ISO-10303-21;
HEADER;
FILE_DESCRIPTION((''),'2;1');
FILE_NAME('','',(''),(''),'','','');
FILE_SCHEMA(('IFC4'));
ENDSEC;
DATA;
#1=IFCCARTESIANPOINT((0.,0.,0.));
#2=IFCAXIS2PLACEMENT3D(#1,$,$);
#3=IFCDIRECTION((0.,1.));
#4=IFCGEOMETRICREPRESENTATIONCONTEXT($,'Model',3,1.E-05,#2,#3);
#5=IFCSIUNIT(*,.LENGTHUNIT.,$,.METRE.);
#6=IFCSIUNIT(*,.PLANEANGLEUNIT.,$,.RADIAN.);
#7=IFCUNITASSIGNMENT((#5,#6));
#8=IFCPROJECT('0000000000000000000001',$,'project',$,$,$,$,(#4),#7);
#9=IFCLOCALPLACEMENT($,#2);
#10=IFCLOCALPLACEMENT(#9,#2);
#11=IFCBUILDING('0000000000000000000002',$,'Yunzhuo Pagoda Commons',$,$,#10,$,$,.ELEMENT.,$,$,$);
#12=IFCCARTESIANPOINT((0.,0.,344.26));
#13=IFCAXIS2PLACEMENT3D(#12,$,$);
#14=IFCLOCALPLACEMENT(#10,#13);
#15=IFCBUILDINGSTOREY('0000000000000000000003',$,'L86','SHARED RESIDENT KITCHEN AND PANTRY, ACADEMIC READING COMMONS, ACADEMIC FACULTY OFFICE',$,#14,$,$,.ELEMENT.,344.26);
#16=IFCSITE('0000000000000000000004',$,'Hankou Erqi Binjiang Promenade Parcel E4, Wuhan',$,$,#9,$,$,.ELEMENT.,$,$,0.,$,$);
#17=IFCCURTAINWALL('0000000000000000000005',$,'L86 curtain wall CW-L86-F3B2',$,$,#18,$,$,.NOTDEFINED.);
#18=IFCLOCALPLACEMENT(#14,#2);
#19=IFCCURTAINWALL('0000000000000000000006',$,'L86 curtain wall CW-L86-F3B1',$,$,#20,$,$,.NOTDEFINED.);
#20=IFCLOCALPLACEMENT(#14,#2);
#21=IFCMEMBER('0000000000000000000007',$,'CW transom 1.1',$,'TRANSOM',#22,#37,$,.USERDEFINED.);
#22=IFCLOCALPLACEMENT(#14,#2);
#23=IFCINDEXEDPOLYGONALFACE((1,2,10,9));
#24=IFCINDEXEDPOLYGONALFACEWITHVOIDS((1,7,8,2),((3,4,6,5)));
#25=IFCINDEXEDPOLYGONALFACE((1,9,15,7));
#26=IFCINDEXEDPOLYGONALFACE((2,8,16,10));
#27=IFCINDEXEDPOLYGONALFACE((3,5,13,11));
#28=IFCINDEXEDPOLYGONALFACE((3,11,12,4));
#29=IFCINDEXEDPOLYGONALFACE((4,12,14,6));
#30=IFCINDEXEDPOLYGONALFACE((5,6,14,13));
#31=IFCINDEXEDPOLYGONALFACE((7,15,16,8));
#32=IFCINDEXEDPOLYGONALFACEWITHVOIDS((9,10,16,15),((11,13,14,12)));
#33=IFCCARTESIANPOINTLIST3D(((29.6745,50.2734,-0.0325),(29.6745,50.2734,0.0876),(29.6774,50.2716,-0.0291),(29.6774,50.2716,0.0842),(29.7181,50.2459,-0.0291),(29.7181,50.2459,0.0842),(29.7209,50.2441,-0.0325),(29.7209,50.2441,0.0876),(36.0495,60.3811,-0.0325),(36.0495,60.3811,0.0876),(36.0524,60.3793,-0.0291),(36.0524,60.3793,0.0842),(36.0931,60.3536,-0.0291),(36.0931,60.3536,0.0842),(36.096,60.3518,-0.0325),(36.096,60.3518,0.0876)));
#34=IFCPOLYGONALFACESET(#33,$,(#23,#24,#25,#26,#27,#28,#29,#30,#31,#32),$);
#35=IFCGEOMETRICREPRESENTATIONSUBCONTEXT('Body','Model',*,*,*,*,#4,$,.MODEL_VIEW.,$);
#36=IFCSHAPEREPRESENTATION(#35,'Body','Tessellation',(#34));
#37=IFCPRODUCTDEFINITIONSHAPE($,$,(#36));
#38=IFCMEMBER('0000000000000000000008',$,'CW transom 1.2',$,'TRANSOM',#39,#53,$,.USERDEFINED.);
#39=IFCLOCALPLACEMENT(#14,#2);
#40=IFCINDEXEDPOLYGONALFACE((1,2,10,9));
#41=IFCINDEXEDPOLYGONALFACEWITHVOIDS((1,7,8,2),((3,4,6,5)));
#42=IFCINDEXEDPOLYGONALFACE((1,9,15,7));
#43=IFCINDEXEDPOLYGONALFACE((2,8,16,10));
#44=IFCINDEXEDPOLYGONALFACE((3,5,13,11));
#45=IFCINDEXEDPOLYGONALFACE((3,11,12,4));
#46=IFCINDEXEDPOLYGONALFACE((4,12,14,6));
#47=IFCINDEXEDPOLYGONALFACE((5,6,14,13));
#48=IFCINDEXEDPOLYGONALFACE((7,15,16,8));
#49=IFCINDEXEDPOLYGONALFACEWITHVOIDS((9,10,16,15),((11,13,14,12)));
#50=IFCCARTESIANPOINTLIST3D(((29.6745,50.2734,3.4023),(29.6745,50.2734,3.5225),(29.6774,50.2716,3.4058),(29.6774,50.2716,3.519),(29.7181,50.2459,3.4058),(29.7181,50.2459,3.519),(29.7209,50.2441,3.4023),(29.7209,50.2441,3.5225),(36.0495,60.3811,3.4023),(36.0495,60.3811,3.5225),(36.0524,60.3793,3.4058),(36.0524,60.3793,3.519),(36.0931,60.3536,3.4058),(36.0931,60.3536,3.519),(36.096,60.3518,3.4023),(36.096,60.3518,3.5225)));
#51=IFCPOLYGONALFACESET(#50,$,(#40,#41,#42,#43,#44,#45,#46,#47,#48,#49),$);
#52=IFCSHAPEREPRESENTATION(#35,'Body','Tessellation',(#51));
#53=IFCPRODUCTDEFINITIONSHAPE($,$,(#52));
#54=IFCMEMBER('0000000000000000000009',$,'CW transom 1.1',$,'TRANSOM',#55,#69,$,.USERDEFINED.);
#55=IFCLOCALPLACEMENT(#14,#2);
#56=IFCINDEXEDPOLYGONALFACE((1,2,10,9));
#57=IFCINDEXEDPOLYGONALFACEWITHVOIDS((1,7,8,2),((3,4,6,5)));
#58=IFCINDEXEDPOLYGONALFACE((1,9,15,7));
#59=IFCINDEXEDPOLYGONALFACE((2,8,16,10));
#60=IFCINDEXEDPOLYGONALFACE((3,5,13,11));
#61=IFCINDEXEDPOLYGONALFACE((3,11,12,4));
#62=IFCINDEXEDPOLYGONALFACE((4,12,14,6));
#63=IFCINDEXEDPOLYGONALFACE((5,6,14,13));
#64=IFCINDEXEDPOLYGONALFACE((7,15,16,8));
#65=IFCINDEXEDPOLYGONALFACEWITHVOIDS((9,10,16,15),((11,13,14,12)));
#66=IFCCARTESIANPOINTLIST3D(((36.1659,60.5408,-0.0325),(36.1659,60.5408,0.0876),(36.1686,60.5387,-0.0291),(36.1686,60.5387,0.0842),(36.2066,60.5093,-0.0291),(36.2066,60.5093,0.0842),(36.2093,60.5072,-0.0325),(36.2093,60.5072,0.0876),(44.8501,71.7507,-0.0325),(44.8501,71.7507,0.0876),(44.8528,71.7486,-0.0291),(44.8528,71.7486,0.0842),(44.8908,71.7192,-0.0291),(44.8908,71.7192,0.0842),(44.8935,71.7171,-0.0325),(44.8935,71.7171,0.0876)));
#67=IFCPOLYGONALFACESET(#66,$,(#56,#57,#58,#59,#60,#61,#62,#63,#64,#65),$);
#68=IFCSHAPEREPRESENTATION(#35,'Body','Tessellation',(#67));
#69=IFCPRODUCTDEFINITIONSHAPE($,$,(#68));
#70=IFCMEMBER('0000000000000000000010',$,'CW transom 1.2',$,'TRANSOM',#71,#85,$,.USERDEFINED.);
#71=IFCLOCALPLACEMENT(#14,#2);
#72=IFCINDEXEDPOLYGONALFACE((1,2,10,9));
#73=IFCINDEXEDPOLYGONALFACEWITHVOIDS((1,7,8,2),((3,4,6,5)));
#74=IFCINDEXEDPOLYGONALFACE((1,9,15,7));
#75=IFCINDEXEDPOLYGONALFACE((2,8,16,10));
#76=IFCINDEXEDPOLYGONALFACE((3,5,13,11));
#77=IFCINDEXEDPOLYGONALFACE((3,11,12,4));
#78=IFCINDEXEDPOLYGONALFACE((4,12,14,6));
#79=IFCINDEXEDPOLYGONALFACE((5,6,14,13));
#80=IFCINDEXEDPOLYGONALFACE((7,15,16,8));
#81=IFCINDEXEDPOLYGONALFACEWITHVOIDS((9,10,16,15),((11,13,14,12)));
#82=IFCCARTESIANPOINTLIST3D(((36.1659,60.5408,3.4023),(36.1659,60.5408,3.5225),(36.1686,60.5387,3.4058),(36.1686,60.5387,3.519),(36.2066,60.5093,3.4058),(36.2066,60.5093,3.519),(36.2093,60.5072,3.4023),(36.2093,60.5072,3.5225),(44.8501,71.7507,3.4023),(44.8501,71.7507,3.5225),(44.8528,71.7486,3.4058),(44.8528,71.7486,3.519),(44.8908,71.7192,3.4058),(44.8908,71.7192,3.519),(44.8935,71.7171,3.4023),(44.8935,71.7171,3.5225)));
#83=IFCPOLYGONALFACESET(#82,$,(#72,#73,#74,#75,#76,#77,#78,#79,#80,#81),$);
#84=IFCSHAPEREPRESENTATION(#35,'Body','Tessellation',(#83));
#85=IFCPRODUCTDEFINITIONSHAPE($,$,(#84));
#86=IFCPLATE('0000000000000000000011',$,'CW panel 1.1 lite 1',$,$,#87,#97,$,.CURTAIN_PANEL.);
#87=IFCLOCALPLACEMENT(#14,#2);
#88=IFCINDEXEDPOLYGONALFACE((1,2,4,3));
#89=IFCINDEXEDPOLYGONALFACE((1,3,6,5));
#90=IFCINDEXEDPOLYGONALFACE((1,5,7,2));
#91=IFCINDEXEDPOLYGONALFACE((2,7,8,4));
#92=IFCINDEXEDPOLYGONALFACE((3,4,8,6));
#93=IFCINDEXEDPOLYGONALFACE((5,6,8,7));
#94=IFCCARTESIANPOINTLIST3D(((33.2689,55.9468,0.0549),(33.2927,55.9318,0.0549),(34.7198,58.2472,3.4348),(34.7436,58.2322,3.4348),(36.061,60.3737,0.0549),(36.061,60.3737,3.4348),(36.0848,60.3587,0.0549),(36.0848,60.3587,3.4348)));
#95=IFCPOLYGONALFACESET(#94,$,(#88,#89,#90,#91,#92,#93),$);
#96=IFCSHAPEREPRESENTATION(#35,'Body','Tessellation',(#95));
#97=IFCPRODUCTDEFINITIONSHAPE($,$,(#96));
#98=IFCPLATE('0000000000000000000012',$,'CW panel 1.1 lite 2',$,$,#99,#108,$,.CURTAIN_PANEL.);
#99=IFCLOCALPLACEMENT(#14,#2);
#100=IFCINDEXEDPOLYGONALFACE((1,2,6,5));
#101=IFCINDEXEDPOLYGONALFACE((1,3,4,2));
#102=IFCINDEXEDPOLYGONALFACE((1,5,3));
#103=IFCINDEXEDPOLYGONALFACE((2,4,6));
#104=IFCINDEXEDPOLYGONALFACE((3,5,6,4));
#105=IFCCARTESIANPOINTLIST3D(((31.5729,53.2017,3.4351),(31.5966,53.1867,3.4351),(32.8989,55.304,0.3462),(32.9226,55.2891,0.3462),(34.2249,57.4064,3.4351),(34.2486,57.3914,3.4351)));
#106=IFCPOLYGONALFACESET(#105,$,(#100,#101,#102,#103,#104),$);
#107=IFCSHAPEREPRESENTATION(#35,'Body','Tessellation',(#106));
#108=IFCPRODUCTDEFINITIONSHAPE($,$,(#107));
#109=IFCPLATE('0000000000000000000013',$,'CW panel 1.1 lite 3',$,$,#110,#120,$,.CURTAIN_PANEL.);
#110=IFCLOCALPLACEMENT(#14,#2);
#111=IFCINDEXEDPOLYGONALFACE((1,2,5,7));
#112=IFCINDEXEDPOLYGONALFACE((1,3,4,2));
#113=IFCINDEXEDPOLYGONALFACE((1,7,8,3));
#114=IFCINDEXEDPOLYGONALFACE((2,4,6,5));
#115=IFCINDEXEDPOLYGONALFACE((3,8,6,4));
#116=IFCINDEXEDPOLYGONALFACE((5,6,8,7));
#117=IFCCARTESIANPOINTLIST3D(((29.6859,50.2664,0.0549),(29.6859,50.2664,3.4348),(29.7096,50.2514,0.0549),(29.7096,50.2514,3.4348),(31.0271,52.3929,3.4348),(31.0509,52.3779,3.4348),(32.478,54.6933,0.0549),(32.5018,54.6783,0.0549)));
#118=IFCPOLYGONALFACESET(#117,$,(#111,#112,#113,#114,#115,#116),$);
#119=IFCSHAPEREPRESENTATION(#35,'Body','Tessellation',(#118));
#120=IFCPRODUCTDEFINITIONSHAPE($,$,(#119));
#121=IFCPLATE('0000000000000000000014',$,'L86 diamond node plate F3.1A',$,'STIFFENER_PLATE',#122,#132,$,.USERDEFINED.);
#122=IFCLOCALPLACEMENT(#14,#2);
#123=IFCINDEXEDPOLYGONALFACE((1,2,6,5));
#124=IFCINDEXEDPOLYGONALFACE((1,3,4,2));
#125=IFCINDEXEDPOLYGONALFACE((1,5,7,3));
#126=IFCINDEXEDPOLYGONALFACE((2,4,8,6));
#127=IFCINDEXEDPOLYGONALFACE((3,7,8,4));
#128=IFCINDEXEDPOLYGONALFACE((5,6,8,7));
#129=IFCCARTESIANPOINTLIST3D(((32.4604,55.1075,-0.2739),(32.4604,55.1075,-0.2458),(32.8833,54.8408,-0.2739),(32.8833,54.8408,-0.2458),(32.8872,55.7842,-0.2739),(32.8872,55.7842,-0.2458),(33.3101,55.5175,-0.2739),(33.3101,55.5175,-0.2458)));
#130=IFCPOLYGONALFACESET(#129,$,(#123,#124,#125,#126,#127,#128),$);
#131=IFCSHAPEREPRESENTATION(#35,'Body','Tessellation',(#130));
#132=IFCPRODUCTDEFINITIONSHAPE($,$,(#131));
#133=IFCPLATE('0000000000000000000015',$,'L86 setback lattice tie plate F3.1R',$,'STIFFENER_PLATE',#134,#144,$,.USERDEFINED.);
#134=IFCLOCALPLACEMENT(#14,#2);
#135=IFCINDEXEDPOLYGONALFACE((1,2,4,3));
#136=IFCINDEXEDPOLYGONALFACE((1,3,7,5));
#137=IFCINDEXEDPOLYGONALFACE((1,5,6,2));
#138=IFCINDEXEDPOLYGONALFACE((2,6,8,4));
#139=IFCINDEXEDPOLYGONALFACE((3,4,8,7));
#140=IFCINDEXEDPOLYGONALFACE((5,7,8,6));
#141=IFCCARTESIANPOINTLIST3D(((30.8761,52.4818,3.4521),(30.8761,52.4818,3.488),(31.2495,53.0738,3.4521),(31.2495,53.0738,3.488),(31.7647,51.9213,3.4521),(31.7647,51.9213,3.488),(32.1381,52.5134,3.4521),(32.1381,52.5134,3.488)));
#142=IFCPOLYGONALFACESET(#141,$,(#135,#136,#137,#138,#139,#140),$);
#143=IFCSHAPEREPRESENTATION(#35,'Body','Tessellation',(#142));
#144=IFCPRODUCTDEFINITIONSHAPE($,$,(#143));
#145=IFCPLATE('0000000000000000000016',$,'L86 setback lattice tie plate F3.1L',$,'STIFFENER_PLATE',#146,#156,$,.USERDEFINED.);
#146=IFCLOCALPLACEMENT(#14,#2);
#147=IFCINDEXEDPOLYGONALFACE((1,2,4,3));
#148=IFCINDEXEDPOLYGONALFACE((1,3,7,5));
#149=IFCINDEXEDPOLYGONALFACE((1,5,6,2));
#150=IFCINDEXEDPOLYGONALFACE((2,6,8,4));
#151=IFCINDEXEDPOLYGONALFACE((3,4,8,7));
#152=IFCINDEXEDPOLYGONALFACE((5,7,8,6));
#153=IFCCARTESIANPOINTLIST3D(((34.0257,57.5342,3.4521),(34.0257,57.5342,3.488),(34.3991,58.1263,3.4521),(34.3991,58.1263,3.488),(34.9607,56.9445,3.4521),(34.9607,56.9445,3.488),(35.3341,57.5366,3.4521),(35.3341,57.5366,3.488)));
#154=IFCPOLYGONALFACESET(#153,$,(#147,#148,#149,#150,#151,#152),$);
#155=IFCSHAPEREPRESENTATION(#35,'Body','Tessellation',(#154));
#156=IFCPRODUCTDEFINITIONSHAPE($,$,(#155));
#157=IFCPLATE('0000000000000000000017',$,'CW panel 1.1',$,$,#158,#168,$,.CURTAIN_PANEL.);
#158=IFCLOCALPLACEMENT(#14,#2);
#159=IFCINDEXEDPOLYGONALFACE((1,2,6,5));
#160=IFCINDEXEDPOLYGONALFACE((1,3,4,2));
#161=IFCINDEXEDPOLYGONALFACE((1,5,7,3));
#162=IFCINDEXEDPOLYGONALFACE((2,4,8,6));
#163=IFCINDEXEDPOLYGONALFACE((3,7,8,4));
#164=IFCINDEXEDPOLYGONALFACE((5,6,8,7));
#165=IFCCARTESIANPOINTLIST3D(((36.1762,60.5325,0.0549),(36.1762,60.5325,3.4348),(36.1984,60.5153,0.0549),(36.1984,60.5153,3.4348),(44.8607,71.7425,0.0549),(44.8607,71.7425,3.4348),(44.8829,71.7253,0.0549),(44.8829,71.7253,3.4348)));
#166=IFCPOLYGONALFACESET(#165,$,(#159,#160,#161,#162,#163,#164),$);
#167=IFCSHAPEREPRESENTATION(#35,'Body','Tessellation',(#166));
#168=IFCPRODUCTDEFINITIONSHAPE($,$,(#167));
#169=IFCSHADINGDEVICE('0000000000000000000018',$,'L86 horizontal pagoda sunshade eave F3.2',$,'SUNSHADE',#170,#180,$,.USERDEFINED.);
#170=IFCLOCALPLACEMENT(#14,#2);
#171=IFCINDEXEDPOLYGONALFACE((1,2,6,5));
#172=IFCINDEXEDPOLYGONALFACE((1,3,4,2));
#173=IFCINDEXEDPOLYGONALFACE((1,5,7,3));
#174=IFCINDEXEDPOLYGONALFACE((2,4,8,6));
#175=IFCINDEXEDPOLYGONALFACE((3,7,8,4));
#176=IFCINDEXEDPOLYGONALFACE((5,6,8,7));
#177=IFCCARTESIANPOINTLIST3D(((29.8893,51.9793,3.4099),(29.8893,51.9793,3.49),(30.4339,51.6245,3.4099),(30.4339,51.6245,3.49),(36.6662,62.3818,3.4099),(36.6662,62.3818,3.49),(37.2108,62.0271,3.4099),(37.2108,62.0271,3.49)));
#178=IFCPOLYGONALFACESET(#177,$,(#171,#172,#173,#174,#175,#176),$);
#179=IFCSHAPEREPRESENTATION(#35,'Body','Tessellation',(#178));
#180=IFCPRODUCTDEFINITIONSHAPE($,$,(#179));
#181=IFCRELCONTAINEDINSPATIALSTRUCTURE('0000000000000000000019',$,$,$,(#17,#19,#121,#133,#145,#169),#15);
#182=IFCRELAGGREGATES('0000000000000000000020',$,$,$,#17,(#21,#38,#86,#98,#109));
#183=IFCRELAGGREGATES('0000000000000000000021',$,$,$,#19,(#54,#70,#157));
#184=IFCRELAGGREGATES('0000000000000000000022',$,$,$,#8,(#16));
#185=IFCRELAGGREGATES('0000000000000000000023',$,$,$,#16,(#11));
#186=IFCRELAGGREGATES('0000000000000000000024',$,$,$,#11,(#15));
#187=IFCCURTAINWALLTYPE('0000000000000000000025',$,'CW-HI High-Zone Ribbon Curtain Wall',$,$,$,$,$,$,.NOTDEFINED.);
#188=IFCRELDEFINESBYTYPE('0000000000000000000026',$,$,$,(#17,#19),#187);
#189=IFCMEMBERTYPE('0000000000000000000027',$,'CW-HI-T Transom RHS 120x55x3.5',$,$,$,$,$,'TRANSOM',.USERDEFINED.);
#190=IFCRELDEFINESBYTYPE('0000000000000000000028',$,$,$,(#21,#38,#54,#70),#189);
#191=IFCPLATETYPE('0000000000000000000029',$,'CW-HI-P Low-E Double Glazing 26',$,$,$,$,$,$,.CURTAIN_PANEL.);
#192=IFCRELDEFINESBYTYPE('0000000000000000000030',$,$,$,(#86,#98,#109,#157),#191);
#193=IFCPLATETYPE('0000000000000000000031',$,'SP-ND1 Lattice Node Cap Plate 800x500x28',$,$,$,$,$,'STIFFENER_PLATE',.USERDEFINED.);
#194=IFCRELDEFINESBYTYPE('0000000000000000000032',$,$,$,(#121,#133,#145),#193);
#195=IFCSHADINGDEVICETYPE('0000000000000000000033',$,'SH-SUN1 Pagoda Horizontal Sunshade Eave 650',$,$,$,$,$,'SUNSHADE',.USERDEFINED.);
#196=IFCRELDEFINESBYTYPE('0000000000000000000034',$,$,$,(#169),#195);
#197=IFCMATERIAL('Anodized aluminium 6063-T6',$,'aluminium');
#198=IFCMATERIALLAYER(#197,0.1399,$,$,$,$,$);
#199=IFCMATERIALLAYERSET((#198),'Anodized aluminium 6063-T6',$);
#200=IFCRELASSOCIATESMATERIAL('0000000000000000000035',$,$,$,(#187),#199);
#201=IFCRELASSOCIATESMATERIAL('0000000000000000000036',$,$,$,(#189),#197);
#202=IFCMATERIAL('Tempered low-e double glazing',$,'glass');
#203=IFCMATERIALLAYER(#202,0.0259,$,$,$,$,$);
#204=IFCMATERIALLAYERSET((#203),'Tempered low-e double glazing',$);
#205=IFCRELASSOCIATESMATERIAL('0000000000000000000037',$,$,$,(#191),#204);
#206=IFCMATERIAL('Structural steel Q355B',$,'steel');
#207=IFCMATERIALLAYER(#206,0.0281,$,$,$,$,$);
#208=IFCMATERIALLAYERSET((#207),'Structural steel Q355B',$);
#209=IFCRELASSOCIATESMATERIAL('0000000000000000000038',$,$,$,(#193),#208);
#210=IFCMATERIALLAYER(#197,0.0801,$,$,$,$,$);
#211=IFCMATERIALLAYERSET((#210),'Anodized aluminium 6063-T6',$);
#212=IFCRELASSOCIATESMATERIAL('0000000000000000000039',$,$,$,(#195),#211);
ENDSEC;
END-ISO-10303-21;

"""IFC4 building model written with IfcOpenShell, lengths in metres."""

from ifc_helpers import new_model, si_unit, direction, frame, origin, origin_2d, place, context, subcontext, project, spatial, polyline, rectangle, hollow_rectangle, outline, extrude, source, transform, mapped, material, layer, layer_set, material_profile, profile_set, type_object, element, aggregate, save


model = new_model("IFC4")

# Units and contexts
model_context = context("Model", 3, precision=1e-05, world=origin(), true_north=direction((0.0, 1.0)))
body_context = subcontext(model_context, "Body", "Model", "MODEL_VIEW")
ifc_project = project(units=[si_unit("LENGTHUNIT", "METRE"), si_unit("PLANEANGLEUNIT", "RADIAN")], contexts=[model_context])

# Site, building, storey
site_placement = place(None, origin())
site = spatial("IfcSite", under=ifc_project, at=site_placement, Name="Hankou Erqi Binjiang Promenade Parcel E4, Wuhan", CompositionType="ELEMENT", RefElevation=0.0)
building_placement = place(site_placement, origin())
building = spatial("IfcBuilding", under=site, at=building_placement, Name="Yunzhuo Pagoda Commons", CompositionType="ELEMENT")
storey_placement = place(building_placement, frame((0.0, 0.0, 344.26)))
storey = spatial("IfcBuildingStorey", under=building, at=storey_placement, Name="L86", Description="SHARED RESIDENT KITCHEN AND PANTRY, ACADEMIC READING COMMONS, ACADEMIC FACULTY OFFICE", CompositionType="ELEMENT", Elevation=344.26)

# Shared definitions
ifc_material_1 = material(Name="Structural steel Q355B", Category="steel")

# Curtain wall
ifc_material_2 = material(Name="Anodized aluminium 6063-T6", Category="aluminium")
ifc_layer_1 = layer(ifc_material_2, 0.1399)
ifc_layer_set_1 = layer_set([ifc_layer_1], Name="Anodized aluminium 6063-T6")
curtain_wall_type = type_object("IfcCurtainWallType", Name="CW-HI High-Zone Ribbon Curtain Wall", PredefinedType="NOTDEFINED", material=ifc_layer_set_1)
curtain_wall_1_placement = place(storey_placement, origin())
curtain_wall_1 = element("IfcCurtainWall", 1, at=curtain_wall_1_placement, inside=storey, type_object=curtain_wall_type, Name="L86 curtain wall CW-L86-F3B2", PredefinedType="NOTDEFINED")

# Curtain wall
curtain_wall_2_placement = place(storey_placement, origin())
curtain_wall_2 = element("IfcCurtainWall", 2, at=curtain_wall_2_placement, inside=storey, type_object=curtain_wall_type, Name="L86 curtain wall CW-L86-F3B1", PredefinedType="NOTDEFINED")

# Members
ifc_material_profile_1 = material_profile(ifc_material_2, hollow_rectangle(XDim=0.0549, YDim=0.1201, WallThickness=0.0034, at=origin_2d()), Name="Anodized aluminium 6063-T6")
ifc_profile_set_1 = profile_set([ifc_material_profile_1], Name="Anodized aluminium 6063-T6")
member_type_1 = type_object("IfcMemberType", Name="CW-HI-T Transom RHS 120x55x3.5", ElementType="TRANSOM", PredefinedType="USERDEFINED", material=ifc_profile_set_1)
shared_shape_1 = source(origin(), body_context, "Body", "SweptSolid", [
    extrude(hollow_rectangle(XDim=0.0549, YDim=0.1201, WallThickness=0.0034, at=origin_2d()), origin(), (0.0, 0.0, 1.0), 11.9502),
])
member_1_placement = place(storey_placement, frame((36.0728, 60.3665, 0.0276), z_axis=(-0.533467, -0.845821, 0.0), x_axis=(0.845821, -0.533467, 0.0)))
member_1 = element("IfcMember", 3, at=member_1_placement, type_object=member_type_1, Name="CW transom 1.1", ObjectType="TRANSOM", PredefinedType="USERDEFINED", context=body_context, shape_type="MappedRepresentation", body=[
    mapped(shared_shape_1, transform((0.0, 0.0, 0.0), scale=1.0)),
])
member_2_placement = place(storey_placement, frame((36.0728, 60.3665, 3.4624), z_axis=(-0.533467, -0.845821, 0.0), x_axis=(0.845821, -0.533467, 0.0)))
member_2 = element("IfcMember", 4, at=member_2_placement, type_object=member_type_1, Name="CW transom 1.2", ObjectType="TRANSOM", PredefinedType="USERDEFINED", context=body_context, shape_type="MappedRepresentation", body=[
    mapped(shared_shape_1, transform((0.0, 0.0, 0.0), scale=1.0)),
])
shared_shape_2 = source(origin(), body_context, "Body", "SweptSolid", [
    extrude(hollow_rectangle(XDim=0.0549, YDim=0.1201, WallThickness=0.0034, at=origin_2d()), origin(), (0.0, 0.0, 1.0), 14.1802),
])
member_3_placement = place(storey_placement, frame((44.8718, 71.7339, 0.0276), z_axis=(-0.612422, -0.790531, 0.0), x_axis=(0.790531, -0.612422, 0.0)))
member_3 = element("IfcMember", 5, at=member_3_placement, type_object=member_type_1, Name="CW transom 1.1", ObjectType="TRANSOM", PredefinedType="USERDEFINED", context=body_context, shape_type="MappedRepresentation", body=[
    mapped(shared_shape_2, transform((0.0, 0.0, 0.0), scale=1.0)),
])
member_4_placement = place(storey_placement, frame((44.8718, 71.7339, 3.4624), z_axis=(-0.612422, -0.790531, 0.0), x_axis=(0.790531, -0.612422, 0.0)))
member_4 = element("IfcMember", 6, at=member_4_placement, type_object=member_type_1, Name="CW transom 1.2", ObjectType="TRANSOM", PredefinedType="USERDEFINED", context=body_context, shape_type="MappedRepresentation", body=[
    mapped(shared_shape_2, transform((0.0, 0.0, 0.0), scale=1.0)),
])

# Plates
ifc_material_3 = material(Name="Tempered low-e double glazing", Category="glass")
ifc_layer_2 = layer(ifc_material_3, 0.0259)
ifc_layer_set_2 = layer_set([ifc_layer_2], Name="Tempered low-e double glazing")
plate_type_1 = type_object("IfcPlateType", Name="CW-HI-P Low-E Double Glazing 26", PredefinedType="CURTAIN_PANEL", material=ifc_layer_set_2)
plate_1_placement = place(storey_placement, frame((34.6887, 58.1453, 1.7449), z_axis=(-0.845818, 0.533472, 0.0), x_axis=(-0.533472, -0.845818, 0.0)))
plate_1 = element("IfcPlate", 7, at=plate_1_placement, type_object=plate_type_1, Name="CW panel 1.1 lite 1", PredefinedType="CURTAIN_PANEL", context=body_context, shape_type="SweptSolid", body=[
    extrude(outline(polyline([(-2.6169, -1.6899), (2.6169, -1.6899), (-0.1028, 1.6899), (-2.6169, 1.6899), (-2.6169, -1.6899)])), origin(), (0.0, 0.0, 1.0), 0.0281),
])
plate_2_placement = place(storey_placement, frame((32.9226, 55.2891, 1.8906), z_axis=(-0.845818, 0.533472, 0.0), x_axis=(-0.533472, -0.845818, 0.0)))
plate_2 = element("IfcPlate", 8, at=plate_2_placement, type_object=plate_type_1, Name="CW panel 1.1 lite 2", PredefinedType="CURTAIN_PANEL", context=body_context, shape_type="SweptSolid", body=[
    extrude(outline(polyline([(-2.4856, 1.5444), (0.0, -1.5444), (2.4856, 1.5444), (-2.4856, 1.5444)])), origin(), (0.0, 0.0, 1.0), 0.0281),
])
plate_3_placement = place(storey_placement, frame((31.1057, 52.4648, 1.7449), z_axis=(-0.845818, 0.533472, 0.0), x_axis=(-0.533472, -0.845818, 0.0)))
plate_3 = element("IfcPlate", 9, at=plate_3_placement, type_object=plate_type_1, Name="CW panel 1.1 lite 3", PredefinedType="CURTAIN_PANEL", context=body_context, shape_type="SweptSolid", body=[
    extrude(outline(polyline([(-2.6169, -1.6899), (2.6169, -1.6899), (2.6169, 1.6899), (0.1028, 1.6899), (-2.6169, -1.6899)])), origin(), (0.0, 0.0, 1.0), 0.0281),
])
aggregate(curtain_wall_1, [member_1, member_2, plate_1, plate_2, plate_3])

# Plates
ifc_layer_3 = layer(ifc_material_1, 0.0281)
ifc_layer_set_3 = layer_set([ifc_layer_3], Name="Structural steel Q355B")
plate_type_2 = type_object("IfcPlateType", Name="SP-ND1 Lattice Node Cap Plate 800x500x28", ElementType="STIFFENER_PLATE", PredefinedType="USERDEFINED", material=ifc_layer_set_3)
shared_shape_3 = source(origin(), body_context, "Body", "SweptSolid", [
    extrude(rectangle(XDim=0.8, YDim=0.5, at=origin_2d()), origin(), (0.0, 0.0, 1.0), 0.0281),
])
plate_4_placement = place(storey_placement, frame((32.8853, 55.3125, -0.2739), z_axis=(0.0, 0.0, 1.0), x_axis=(-0.533467, -0.845821, 0.0)))
element("IfcPlate", 10, at=plate_4_placement, inside=storey, type_object=plate_type_2, Name="L86 diamond node plate F3.1A", ObjectType="STIFFENER_PLATE", PredefinedType="USERDEFINED", context=body_context, shape_type="MappedRepresentation", body=[
    mapped(shared_shape_3, transform((0.0, 0.0, 0.0), scale=1.0)),
])
shared_shape_4 = source(origin(), body_context, "Body", "SweptSolid", [
    extrude(rectangle(XDim=0.7, YDim=1.0505, at=origin_2d()), origin(), (0.0, 0.0, 1.0), 0.0359),
])
plate_5_placement = place(storey_placement, frame((31.5071, 52.4976, 3.4521), z_axis=(0.0, 0.0, 1.0), x_axis=(-0.533467, -0.845821, 0.0)))
element("IfcPlate", 11, at=plate_5_placement, inside=storey, type_object=plate_type_2, Name="L86 setback lattice tie plate F3.1R", ObjectType="STIFFENER_PLATE", PredefinedType="USERDEFINED", context=body_context, shape_type="MappedRepresentation", body=[
    mapped(shared_shape_4, transform((0.0, 0.0, 0.0), scale=1.0)),
])
shared_shape_5 = source(origin(), body_context, "Body", "SweptSolid", [
    extrude(rectangle(XDim=0.7, YDim=1.1055, at=origin_2d()), origin(), (0.0, 0.0, 1.0), 0.0359),
])
plate_6_placement = place(storey_placement, frame((34.6799, 57.5354, 3.4521), z_axis=(0.0, 0.0, 1.0), x_axis=(-0.533467, -0.845821, 0.0)))
element("IfcPlate", 12, at=plate_6_placement, inside=storey, type_object=plate_type_2, Name="L86 setback lattice tie plate F3.1L", ObjectType="STIFFENER_PLATE", PredefinedType="USERDEFINED", context=body_context, shape_type="MappedRepresentation", body=[
    mapped(shared_shape_5, transform((0.0, 0.0, 0.0), scale=1.0)),
])

# Plate
shared_shape_6 = source(origin(), body_context, "Body", "SweptSolid", [
    extrude(rectangle(XDim=14.1804, YDim=0.0281, at=origin_2d()), origin(), (0.0, 0.0, 1.0), 3.3799),
])
plate_7_placement = place(storey_placement, frame((40.5295, 66.1289, 0.0549), z_axis=(0.0, 0.0, 1.0), x_axis=(-0.612427, -0.790527, 0.0)))
plate_7 = element("IfcPlate", 13, at=plate_7_placement, type_object=plate_type_1, Name="CW panel 1.1", PredefinedType="CURTAIN_PANEL", context=body_context, shape_type="MappedRepresentation", body=[
    mapped(shared_shape_6, transform((0.0, 0.0, 0.0), scale=1.0)),
])
aggregate(curtain_wall_2, [member_3, member_4, plate_7])

# Shading device
ifc_layer_4 = layer(ifc_material_2, 0.0801)
ifc_layer_set_4 = layer_set([ifc_layer_4], Name="Anodized aluminium 6063-T6")
shading_device_type = type_object("IfcShadingDeviceType", Name="SH-SUN1 Pagoda Horizontal Sunshade Eave 650", ElementType="SUNSHADE", PredefinedType="USERDEFINED", material=ifc_layer_set_4)
shared_shape_7 = source(origin(), body_context, "Body", "SweptSolid", [
    extrude(rectangle(XDim=12.4153, YDim=0.6499, at=origin_2d()), origin(), (0.0, 0.0, 1.0), 0.0801),
])
shading_device_1_placement = place(storey_placement, frame((33.55, 57.0032, 3.4099), z_axis=(0.0, 0.0, 1.0), x_axis=(-0.545853, -0.837881, 0.0)))
element("IfcShadingDevice", 14, at=shading_device_1_placement, inside=storey, type_object=shading_device_type, Name="L86 horizontal pagoda sunshade eave F3.2", ObjectType="SUNSHADE", PredefinedType="USERDEFINED", context=body_context, shape_type="MappedRepresentation", body=[
    mapped(shared_shape_7, transform((0.0, 0.0, 0.0), scale=1.0)),
])

save(model, "model.ifc")
